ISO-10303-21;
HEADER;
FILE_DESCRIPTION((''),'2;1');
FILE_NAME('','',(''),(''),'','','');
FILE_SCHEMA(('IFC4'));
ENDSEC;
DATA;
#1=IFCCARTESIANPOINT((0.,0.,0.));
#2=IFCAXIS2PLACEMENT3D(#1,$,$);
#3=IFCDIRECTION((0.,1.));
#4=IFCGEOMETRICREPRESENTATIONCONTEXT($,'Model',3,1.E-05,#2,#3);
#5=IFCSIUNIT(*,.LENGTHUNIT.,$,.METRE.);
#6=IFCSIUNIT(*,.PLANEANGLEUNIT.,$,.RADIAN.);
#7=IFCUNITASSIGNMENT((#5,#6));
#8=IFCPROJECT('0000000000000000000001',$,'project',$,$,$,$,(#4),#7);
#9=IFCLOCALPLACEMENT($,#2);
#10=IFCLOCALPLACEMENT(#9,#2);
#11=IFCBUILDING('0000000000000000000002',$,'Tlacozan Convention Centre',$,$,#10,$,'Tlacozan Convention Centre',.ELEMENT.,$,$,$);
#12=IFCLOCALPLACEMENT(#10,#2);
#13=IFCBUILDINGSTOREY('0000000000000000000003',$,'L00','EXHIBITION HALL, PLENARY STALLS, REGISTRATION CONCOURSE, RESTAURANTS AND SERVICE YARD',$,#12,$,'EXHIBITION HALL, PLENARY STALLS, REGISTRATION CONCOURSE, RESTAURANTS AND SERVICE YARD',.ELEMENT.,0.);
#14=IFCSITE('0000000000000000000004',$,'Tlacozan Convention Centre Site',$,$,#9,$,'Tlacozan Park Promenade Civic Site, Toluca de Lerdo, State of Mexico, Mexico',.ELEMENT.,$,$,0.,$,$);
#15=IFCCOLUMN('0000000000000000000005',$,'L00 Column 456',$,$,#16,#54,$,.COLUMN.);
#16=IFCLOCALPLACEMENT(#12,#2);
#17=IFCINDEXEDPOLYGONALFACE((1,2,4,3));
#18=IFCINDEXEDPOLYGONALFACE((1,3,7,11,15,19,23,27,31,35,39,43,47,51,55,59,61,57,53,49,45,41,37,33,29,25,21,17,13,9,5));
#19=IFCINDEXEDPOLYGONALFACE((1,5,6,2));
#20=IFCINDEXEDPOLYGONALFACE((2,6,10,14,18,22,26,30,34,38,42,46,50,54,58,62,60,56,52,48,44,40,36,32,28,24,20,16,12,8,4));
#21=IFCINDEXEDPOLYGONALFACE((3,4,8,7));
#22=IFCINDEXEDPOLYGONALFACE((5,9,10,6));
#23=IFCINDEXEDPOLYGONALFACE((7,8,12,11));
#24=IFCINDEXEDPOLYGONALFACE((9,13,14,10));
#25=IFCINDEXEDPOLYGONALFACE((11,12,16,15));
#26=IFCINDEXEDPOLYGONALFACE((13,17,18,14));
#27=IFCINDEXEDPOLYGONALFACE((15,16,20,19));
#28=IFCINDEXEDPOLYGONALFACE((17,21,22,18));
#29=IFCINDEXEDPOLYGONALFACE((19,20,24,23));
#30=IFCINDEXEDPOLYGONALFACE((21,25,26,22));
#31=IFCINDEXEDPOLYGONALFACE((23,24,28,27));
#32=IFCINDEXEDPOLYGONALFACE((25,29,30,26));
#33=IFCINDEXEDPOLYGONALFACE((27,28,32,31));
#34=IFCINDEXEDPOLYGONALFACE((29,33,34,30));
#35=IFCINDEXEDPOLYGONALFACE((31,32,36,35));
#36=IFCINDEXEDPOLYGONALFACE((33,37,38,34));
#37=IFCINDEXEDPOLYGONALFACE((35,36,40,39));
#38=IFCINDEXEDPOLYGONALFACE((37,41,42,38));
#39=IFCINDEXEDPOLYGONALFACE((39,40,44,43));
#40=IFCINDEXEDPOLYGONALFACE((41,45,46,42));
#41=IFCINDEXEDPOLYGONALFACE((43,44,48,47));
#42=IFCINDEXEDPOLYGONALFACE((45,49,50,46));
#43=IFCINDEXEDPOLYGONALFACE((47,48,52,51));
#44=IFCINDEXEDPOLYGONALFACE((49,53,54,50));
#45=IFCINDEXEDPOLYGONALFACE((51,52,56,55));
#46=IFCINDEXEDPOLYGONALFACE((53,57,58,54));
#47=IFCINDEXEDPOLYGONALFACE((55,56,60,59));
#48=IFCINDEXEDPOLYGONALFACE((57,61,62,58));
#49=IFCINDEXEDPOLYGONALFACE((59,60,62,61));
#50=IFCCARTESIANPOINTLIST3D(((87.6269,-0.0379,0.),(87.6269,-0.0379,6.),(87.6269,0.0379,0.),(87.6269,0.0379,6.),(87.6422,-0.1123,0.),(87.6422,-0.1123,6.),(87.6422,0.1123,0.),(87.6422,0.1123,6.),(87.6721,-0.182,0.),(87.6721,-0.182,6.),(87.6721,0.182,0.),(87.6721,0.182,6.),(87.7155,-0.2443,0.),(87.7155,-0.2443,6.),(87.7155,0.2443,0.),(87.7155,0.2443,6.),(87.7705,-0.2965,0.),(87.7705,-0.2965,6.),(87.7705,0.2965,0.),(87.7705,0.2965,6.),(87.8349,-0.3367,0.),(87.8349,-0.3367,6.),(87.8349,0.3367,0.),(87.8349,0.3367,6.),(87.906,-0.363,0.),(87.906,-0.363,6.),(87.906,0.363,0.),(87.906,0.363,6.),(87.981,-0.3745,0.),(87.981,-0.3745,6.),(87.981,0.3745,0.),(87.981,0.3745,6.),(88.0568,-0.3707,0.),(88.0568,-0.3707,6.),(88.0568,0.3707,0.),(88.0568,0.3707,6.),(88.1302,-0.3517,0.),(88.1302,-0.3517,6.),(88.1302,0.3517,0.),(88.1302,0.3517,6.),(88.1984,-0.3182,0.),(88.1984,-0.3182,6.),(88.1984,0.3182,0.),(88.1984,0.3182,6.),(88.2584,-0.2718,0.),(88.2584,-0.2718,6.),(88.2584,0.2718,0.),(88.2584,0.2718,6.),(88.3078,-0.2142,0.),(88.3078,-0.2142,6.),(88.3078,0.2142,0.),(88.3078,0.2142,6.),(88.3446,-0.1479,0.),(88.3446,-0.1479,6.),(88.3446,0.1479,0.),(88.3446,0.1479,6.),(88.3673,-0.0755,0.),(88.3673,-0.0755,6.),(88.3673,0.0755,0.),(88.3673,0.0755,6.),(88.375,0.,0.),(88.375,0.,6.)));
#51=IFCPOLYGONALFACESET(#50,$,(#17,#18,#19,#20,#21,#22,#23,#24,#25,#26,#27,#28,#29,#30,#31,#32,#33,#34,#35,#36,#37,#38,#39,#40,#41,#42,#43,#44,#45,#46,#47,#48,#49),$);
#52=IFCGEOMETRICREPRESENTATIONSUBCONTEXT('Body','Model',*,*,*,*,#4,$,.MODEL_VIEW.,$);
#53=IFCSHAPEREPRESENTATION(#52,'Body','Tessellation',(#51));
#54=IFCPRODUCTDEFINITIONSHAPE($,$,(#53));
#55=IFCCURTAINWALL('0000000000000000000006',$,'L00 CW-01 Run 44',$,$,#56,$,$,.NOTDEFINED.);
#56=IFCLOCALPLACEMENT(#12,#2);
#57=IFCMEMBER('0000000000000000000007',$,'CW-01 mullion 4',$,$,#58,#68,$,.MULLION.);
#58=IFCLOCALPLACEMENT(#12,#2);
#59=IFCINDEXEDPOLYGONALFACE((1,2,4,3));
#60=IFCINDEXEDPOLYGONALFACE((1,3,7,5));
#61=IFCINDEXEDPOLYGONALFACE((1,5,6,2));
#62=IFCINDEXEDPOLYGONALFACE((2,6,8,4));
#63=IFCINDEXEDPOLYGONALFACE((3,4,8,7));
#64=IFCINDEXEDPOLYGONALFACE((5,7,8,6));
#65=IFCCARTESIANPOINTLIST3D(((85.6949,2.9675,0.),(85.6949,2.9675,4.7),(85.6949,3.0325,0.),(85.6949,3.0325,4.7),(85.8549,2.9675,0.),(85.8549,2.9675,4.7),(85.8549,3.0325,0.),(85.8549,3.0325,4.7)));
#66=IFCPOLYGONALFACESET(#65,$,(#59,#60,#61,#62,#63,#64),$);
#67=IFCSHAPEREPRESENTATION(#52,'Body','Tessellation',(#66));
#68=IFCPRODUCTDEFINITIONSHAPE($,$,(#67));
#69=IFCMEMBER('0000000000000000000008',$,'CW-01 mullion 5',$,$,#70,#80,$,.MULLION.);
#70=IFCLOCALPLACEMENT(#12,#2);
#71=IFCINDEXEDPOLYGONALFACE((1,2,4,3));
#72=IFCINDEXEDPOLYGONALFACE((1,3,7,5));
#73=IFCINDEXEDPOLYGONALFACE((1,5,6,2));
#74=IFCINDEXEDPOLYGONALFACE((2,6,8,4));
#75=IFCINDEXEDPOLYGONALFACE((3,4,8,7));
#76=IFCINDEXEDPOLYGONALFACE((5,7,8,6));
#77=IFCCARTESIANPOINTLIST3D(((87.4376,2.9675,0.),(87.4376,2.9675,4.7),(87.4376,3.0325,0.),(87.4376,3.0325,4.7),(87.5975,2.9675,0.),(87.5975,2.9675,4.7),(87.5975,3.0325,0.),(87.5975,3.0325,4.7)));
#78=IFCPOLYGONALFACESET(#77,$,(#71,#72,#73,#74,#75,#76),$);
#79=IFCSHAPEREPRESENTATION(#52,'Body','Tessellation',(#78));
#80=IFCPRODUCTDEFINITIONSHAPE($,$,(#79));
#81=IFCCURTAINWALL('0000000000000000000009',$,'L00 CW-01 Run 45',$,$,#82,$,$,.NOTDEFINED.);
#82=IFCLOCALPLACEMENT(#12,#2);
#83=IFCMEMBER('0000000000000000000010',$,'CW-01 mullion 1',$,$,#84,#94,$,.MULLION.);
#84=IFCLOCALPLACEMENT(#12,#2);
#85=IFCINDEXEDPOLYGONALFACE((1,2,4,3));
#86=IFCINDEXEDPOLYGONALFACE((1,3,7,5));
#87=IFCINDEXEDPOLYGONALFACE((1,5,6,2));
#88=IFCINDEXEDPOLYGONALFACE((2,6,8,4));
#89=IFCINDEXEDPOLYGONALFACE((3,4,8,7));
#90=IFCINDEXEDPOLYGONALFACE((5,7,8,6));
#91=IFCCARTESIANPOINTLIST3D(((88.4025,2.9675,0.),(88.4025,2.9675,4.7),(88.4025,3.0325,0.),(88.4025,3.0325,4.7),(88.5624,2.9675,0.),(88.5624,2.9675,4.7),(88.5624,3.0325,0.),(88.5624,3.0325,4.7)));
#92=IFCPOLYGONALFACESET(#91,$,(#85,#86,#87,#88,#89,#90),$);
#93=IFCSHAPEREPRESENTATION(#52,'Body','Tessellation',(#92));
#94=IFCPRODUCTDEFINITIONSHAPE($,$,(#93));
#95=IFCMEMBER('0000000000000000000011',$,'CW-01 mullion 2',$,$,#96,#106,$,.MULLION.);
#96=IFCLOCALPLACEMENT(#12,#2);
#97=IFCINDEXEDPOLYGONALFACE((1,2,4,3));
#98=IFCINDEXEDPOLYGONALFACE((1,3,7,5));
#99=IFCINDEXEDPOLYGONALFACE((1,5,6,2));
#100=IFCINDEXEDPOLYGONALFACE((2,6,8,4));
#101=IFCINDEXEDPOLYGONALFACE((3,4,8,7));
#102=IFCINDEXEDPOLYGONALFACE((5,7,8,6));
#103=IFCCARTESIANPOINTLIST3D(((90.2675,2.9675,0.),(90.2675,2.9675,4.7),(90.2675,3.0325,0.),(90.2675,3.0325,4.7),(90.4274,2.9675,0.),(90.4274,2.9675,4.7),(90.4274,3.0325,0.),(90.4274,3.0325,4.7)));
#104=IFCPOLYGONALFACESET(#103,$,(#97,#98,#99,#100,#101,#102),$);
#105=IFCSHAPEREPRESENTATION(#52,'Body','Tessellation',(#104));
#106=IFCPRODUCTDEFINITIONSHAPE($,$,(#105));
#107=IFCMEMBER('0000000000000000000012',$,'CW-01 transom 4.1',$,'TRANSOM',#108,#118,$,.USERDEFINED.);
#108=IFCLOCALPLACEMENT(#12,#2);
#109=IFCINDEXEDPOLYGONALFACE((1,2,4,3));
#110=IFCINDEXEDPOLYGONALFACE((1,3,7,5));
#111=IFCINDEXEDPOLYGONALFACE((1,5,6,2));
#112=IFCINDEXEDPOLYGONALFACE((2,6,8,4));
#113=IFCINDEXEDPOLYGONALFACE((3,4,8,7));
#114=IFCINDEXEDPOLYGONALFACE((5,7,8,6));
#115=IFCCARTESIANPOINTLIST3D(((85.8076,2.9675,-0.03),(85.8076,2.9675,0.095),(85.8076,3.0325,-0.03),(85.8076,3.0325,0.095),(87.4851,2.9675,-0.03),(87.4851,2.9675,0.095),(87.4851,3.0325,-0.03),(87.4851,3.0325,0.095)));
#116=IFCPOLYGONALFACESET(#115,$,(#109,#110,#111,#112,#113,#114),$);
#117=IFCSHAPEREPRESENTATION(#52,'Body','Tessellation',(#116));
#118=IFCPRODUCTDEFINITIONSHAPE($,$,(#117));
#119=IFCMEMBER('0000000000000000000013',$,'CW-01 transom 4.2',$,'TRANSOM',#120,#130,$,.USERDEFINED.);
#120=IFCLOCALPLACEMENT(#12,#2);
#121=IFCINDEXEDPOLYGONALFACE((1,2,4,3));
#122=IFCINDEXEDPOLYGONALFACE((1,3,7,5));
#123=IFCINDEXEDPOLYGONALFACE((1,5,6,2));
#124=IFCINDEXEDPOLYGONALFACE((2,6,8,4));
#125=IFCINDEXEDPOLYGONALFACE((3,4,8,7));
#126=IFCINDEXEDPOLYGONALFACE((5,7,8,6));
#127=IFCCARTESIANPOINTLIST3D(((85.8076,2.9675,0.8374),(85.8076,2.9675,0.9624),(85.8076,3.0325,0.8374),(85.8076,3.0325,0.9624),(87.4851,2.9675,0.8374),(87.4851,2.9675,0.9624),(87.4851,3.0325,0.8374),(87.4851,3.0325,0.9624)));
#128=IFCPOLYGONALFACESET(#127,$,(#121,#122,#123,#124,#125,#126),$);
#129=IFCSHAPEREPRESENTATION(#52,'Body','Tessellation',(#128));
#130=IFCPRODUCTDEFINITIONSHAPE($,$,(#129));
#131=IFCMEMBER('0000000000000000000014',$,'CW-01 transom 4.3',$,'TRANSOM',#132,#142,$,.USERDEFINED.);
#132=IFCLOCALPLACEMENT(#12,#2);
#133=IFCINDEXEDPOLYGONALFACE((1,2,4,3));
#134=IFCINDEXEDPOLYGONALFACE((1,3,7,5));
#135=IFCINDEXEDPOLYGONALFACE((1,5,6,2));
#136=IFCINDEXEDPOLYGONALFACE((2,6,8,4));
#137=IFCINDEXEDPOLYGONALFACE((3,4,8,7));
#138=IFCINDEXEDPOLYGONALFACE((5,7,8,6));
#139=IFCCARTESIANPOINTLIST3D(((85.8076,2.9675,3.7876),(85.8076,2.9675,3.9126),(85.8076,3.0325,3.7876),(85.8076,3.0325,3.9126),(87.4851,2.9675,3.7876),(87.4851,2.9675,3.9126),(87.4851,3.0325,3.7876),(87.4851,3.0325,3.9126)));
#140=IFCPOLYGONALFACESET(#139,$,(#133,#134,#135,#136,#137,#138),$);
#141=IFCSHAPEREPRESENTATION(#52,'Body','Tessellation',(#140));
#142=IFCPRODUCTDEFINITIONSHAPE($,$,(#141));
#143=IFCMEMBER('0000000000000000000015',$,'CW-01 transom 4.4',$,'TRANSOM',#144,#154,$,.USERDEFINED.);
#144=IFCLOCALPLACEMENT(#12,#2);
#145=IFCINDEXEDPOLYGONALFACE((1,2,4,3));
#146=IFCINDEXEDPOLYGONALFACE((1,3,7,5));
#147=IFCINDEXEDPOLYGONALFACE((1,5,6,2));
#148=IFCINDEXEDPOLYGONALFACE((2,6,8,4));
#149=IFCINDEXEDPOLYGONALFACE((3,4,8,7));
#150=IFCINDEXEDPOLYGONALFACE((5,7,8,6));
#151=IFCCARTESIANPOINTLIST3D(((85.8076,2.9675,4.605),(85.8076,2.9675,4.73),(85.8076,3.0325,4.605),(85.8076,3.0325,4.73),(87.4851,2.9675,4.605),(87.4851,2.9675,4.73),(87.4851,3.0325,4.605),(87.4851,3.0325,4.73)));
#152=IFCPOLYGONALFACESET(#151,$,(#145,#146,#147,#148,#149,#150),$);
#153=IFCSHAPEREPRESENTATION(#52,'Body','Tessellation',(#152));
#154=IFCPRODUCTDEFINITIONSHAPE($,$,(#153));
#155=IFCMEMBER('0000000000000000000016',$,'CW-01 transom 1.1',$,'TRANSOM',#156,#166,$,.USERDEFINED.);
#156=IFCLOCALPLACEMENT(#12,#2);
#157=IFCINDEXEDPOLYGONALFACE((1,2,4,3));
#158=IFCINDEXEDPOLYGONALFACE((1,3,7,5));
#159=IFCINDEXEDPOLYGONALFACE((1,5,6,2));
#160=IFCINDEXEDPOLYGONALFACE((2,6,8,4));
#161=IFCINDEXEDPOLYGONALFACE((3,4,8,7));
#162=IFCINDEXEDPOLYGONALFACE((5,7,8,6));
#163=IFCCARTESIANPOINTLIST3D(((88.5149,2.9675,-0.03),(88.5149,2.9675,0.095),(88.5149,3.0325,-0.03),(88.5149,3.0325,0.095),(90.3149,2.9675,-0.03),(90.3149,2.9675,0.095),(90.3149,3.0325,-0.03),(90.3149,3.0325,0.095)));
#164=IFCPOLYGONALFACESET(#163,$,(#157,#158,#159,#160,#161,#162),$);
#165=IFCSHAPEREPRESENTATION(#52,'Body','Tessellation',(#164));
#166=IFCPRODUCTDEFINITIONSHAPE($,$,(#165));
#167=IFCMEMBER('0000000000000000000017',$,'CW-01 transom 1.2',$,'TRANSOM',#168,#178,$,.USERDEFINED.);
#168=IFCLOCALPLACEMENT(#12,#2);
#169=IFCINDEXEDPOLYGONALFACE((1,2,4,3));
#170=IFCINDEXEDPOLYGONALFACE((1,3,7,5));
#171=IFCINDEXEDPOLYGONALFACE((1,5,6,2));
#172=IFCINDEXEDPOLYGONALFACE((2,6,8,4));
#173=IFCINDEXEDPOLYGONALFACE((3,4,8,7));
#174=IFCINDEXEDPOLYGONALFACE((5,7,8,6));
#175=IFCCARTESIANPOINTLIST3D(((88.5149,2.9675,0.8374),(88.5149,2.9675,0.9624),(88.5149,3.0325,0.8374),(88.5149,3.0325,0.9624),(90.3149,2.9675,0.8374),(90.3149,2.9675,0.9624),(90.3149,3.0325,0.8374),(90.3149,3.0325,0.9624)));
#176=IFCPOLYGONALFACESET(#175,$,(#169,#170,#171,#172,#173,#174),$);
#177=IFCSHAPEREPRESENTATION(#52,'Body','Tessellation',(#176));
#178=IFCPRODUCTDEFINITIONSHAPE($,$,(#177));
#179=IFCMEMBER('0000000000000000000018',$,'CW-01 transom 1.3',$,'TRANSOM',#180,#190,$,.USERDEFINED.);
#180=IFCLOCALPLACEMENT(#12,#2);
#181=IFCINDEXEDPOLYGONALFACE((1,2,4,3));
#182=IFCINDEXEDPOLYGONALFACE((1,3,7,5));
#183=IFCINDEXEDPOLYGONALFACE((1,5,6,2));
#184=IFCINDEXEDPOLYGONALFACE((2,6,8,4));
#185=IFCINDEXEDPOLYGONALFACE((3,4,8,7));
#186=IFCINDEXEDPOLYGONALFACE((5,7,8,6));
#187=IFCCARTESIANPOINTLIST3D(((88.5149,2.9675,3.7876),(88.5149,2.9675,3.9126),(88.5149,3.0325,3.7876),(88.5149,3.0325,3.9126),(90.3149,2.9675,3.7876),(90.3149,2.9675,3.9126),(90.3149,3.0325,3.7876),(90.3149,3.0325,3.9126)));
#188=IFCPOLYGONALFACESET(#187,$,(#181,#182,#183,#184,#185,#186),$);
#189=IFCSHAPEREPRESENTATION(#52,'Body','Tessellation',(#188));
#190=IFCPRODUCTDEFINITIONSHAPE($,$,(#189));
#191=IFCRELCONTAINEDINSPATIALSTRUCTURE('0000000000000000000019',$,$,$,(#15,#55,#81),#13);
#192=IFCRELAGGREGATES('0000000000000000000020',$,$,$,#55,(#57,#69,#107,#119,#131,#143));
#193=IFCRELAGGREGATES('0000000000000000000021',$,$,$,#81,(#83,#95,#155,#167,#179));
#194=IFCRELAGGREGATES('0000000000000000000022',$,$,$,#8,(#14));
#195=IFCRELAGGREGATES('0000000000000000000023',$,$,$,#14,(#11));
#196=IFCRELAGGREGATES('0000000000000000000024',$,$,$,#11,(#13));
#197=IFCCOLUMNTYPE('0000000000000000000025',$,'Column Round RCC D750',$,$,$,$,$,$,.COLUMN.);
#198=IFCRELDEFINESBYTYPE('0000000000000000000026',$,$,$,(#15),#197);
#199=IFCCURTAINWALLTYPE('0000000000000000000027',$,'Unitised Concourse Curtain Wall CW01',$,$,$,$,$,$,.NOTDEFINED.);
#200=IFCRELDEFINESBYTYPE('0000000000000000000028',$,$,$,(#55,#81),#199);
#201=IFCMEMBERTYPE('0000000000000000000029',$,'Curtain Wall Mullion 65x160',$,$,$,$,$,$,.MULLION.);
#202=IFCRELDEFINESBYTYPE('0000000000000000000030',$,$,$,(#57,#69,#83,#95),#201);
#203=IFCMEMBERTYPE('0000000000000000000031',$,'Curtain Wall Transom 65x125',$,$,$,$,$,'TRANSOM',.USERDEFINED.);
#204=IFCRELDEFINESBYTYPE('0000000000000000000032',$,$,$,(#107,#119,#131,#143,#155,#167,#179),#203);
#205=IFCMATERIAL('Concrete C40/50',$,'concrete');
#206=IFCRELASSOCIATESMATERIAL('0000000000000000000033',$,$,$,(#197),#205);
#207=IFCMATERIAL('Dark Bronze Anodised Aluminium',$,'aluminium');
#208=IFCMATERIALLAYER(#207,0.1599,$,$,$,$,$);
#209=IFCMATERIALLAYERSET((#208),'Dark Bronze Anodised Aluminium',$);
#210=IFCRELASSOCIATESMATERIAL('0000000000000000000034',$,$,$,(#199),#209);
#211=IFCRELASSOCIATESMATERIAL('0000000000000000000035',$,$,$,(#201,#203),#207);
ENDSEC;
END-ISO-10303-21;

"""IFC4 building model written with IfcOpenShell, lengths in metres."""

from ifc_helpers import new_model, si_unit, direction, frame, origin, origin_2d, place, context, subcontext, project, spatial, rectangle, circle, extrude, material, layer, layer_set, material_profile, profile_set, type_object, element, aggregate, save


model = new_model("IFC4")

# Units and contexts
model_context = context("Model", 3, precision=1e-05, world=origin(), true_north=direction((0.0, 1.0)))
body_context = subcontext(model_context, "Body", "Model", "MODEL_VIEW")
ifc_project = project(units=[si_unit("LENGTHUNIT", "METRE"), si_unit("PLANEANGLEUNIT", "RADIAN")], contexts=[model_context])

# Site, building, storey
site_placement = place(None, origin())
site = spatial("IfcSite", under=ifc_project, at=site_placement, Name="Tlacozan Convention Centre Site", LongName="Tlacozan Park Promenade Civic Site, Toluca de Lerdo, State of Mexico, Mexico", CompositionType="ELEMENT", RefElevation=0.0)
building_placement = place(site_placement, origin())
building = spatial("IfcBuilding", under=site, at=building_placement, Name="Tlacozan Convention Centre", LongName="Tlacozan Convention Centre", CompositionType="ELEMENT")
storey_placement = place(building_placement, origin())
storey = spatial("IfcBuildingStorey", under=building, at=storey_placement, Name="L00", Description="EXHIBITION HALL, PLENARY STALLS, REGISTRATION CONCOURSE, RESTAURANTS AND SERVICE YARD", LongName="EXHIBITION HALL, PLENARY STALLS, REGISTRATION CONCOURSE, RESTAURANTS AND SERVICE YARD", CompositionType="ELEMENT", Elevation=0.0)

# Column
ifc_material_1 = material(Name="Concrete C40/50", Category="concrete")
ifc_material_profile_1 = material_profile(ifc_material_1, circle(Radius=0.375, at=origin_2d()), Name="RCC D750")
ifc_profile_set_1 = profile_set([ifc_material_profile_1], Name="Concrete C40/50")
column_type = type_object("IfcColumnType", Name="Column Round RCC D750", PredefinedType="COLUMN", material=ifc_profile_set_1)
column_placement = place(storey_placement, frame((88.0, 0.0, 0.0), z_axis=(0.0, 0.0, 1.0), x_axis=(1.0, 0.0, 0.0)))
element("IfcColumn", 1, at=column_placement, inside=storey, type_object=column_type, Name="L00 Column 456", PredefinedType="COLUMN", context=body_context, shape_type="SweptSolid", body=[
    extrude(circle(Radius=0.375, at=origin_2d()), origin(), (0.0, 0.0, 1.0), 6.0),
])

# Curtain walls, members
ifc_material_2 = material(Name="Dark Bronze Anodised Aluminium", Category="aluminium")
ifc_layer_1 = layer(ifc_material_2, 0.1599)
ifc_layer_set_1 = layer_set([ifc_layer_1], Name="Dark Bronze Anodised Aluminium")
curtain_wall_type = type_object("IfcCurtainWallType", Name="Unitised Concourse Curtain Wall CW01", PredefinedType="NOTDEFINED", material=ifc_layer_set_1)
curtain_wall_1_placement = place(storey_placement, origin())
curtain_wall_1 = element("IfcCurtainWall", 2, at=curtain_wall_1_placement, inside=storey, type_object=curtain_wall_type, Name="L00 CW-01 Run 44", PredefinedType="NOTDEFINED")
ifc_material_profile_2 = material_profile(ifc_material_2, rectangle(XDim=0.0649, YDim=0.1599, at=origin_2d()), Name="ALU 65x160")
ifc_profile_set_2 = profile_set([ifc_material_profile_2], Name="Dark Bronze Anodised Aluminium")
member_type_1 = type_object("IfcMemberType", Name="Curtain Wall Mullion 65x160", PredefinedType="MULLION", material=ifc_profile_set_2)
member_1_placement = place(storey_placement, frame((85.7749, 3.0, 0.0), z_axis=(0.0, 0.0, 1.0), x_axis=(0.0, 1.0, 0.0)))
member_1 = element("IfcMember", 3, at=member_1_placement, type_object=member_type_1, Name="CW-01 mullion 4", PredefinedType="MULLION", context=body_context, shape_type="SweptSolid", body=[
    extrude(rectangle(XDim=0.0649, YDim=0.1599, at=origin_2d()), origin(), (0.0, 0.0, 1.0), 4.7),
])
member_2_placement = place(storey_placement, frame((87.5176, 3.0, 0.0), z_axis=(0.0, 0.0, 1.0), x_axis=(0.0, 1.0, 0.0)))
member_2 = element("IfcMember", 4, at=member_2_placement, type_object=member_type_1, Name="CW-01 mullion 5", PredefinedType="MULLION", context=body_context, shape_type="SweptSolid", body=[
    extrude(rectangle(XDim=0.0649, YDim=0.1599, at=origin_2d()), origin(), (0.0, 0.0, 1.0), 4.7),
])
curtain_wall_2_placement = place(storey_placement, origin())
curtain_wall_2 = element("IfcCurtainWall", 5, at=curtain_wall_2_placement, inside=storey, type_object=curtain_wall_type, Name="L00 CW-01 Run 45", PredefinedType="NOTDEFINED")
member_3_placement = place(storey_placement, frame((88.4824, 3.0, 0.0), z_axis=(0.0, 0.0, 1.0), x_axis=(0.0, 1.0, 0.0)))
member_3 = element("IfcMember", 6, at=member_3_placement, type_object=member_type_1, Name="CW-01 mullion 1", PredefinedType="MULLION", context=body_context, shape_type="SweptSolid", body=[
    extrude(rectangle(XDim=0.0649, YDim=0.1599, at=origin_2d()), origin(), (0.0, 0.0, 1.0), 4.7),
])
member_4_placement = place(storey_placement, frame((90.3474, 3.0, 0.0), z_axis=(0.0, 0.0, 1.0), x_axis=(0.0, 1.0, 0.0)))
member_4 = element("IfcMember", 7, at=member_4_placement, type_object=member_type_1, Name="CW-01 mullion 2", PredefinedType="MULLION", context=body_context, shape_type="SweptSolid", body=[
    extrude(rectangle(XDim=0.0649, YDim=0.1599, at=origin_2d()), origin(), (0.0, 0.0, 1.0), 4.7),
])

# Members
ifc_material_profile_3 = material_profile(ifc_material_2, rectangle(XDim=0.0649, YDim=0.125, at=origin_2d()), Name="ALU 65x125")
ifc_profile_set_3 = profile_set([ifc_material_profile_3], Name="Dark Bronze Anodised Aluminium")
member_type_2 = type_object("IfcMemberType", Name="Curtain Wall Transom 65x125", ElementType="TRANSOM", PredefinedType="USERDEFINED", material=ifc_profile_set_3)
member_5_placement = place(storey_placement, frame((85.8076, 3.0, 0.0325), z_axis=(1.0, 0.0, 0.0), x_axis=(0.0, 1.0, 0.0)))
member_5 = element("IfcMember", 8, at=member_5_placement, type_object=member_type_2, Name="CW-01 transom 4.1", ObjectType="TRANSOM", PredefinedType="USERDEFINED", context=body_context, shape_type="SweptSolid", body=[
    extrude(rectangle(XDim=0.0649, YDim=0.125, at=origin_2d()), origin(), (0.0, 0.0, 1.0), 1.6775),
])
member_6_placement = place(storey_placement, frame((85.8076, 3.0, 0.8999), z_axis=(1.0, 0.0, 0.0), x_axis=(0.0, 1.0, 0.0)))
member_6 = element("IfcMember", 9, at=member_6_placement, type_object=member_type_2, Name="CW-01 transom 4.2", ObjectType="TRANSOM", PredefinedType="USERDEFINED", context=body_context, shape_type="SweptSolid", body=[
    extrude(rectangle(XDim=0.0649, YDim=0.125, at=origin_2d()), origin(), (0.0, 0.0, 1.0), 1.6775),
])
member_7_placement = place(storey_placement, frame((85.8076, 3.0, 3.8501), z_axis=(1.0, 0.0, 0.0), x_axis=(0.0, 1.0, 0.0)))
member_7 = element("IfcMember", 10, at=member_7_placement, type_object=member_type_2, Name="CW-01 transom 4.3", ObjectType="TRANSOM", PredefinedType="USERDEFINED", context=body_context, shape_type="SweptSolid", body=[
    extrude(rectangle(XDim=0.0649, YDim=0.125, at=origin_2d()), origin(), (0.0, 0.0, 1.0), 1.6775),
])
member_8_placement = place(storey_placement, frame((85.8076, 3.0, 4.6675), z_axis=(1.0, 0.0, 0.0), x_axis=(0.0, 1.0, 0.0)))
member_8 = element("IfcMember", 11, at=member_8_placement, type_object=member_type_2, Name="CW-01 transom 4.4", ObjectType="TRANSOM", PredefinedType="USERDEFINED", context=body_context, shape_type="SweptSolid", body=[
    extrude(rectangle(XDim=0.0649, YDim=0.125, at=origin_2d()), origin(), (0.0, 0.0, 1.0), 1.6775),
])
member_9_placement = place(storey_placement, frame((88.5149, 3.0, 0.0325), z_axis=(1.0, 0.0, 0.0), x_axis=(0.0, 1.0, 0.0)))
member_9 = element("IfcMember", 12, at=member_9_placement, type_object=member_type_2, Name="CW-01 transom 1.1", ObjectType="TRANSOM", PredefinedType="USERDEFINED", context=body_context, shape_type="SweptSolid", body=[
    extrude(rectangle(XDim=0.0649, YDim=0.125, at=origin_2d()), origin(), (0.0, 0.0, 1.0), 1.8),
])
member_10_placement = place(storey_placement, frame((88.5149, 3.0, 0.8999), z_axis=(1.0, 0.0, 0.0), x_axis=(0.0, 1.0, 0.0)))
member_10 = element("IfcMember", 13, at=member_10_placement, type_object=member_type_2, Name="CW-01 transom 1.2", ObjectType="TRANSOM", PredefinedType="USERDEFINED", context=body_context, shape_type="SweptSolid", body=[
    extrude(rectangle(XDim=0.0649, YDim=0.125, at=origin_2d()), origin(), (0.0, 0.0, 1.0), 1.8),
])
member_11_placement = place(storey_placement, frame((88.5149, 3.0, 3.8501), z_axis=(1.0, 0.0, 0.0), x_axis=(0.0, 1.0, 0.0)))
member_11 = element("IfcMember", 14, at=member_11_placement, type_object=member_type_2, Name="CW-01 transom 1.3", ObjectType="TRANSOM", PredefinedType="USERDEFINED", context=body_context, shape_type="SweptSolid", body=[
    extrude(rectangle(XDim=0.0649, YDim=0.125, at=origin_2d()), origin(), (0.0, 0.0, 1.0), 1.8),
])

aggregate(curtain_wall_1, [member_1, member_2, member_5, member_6, member_7, member_8])
aggregate(curtain_wall_2, [member_3, member_4, member_9, member_10, member_11])

save(model, "model.ifc")
